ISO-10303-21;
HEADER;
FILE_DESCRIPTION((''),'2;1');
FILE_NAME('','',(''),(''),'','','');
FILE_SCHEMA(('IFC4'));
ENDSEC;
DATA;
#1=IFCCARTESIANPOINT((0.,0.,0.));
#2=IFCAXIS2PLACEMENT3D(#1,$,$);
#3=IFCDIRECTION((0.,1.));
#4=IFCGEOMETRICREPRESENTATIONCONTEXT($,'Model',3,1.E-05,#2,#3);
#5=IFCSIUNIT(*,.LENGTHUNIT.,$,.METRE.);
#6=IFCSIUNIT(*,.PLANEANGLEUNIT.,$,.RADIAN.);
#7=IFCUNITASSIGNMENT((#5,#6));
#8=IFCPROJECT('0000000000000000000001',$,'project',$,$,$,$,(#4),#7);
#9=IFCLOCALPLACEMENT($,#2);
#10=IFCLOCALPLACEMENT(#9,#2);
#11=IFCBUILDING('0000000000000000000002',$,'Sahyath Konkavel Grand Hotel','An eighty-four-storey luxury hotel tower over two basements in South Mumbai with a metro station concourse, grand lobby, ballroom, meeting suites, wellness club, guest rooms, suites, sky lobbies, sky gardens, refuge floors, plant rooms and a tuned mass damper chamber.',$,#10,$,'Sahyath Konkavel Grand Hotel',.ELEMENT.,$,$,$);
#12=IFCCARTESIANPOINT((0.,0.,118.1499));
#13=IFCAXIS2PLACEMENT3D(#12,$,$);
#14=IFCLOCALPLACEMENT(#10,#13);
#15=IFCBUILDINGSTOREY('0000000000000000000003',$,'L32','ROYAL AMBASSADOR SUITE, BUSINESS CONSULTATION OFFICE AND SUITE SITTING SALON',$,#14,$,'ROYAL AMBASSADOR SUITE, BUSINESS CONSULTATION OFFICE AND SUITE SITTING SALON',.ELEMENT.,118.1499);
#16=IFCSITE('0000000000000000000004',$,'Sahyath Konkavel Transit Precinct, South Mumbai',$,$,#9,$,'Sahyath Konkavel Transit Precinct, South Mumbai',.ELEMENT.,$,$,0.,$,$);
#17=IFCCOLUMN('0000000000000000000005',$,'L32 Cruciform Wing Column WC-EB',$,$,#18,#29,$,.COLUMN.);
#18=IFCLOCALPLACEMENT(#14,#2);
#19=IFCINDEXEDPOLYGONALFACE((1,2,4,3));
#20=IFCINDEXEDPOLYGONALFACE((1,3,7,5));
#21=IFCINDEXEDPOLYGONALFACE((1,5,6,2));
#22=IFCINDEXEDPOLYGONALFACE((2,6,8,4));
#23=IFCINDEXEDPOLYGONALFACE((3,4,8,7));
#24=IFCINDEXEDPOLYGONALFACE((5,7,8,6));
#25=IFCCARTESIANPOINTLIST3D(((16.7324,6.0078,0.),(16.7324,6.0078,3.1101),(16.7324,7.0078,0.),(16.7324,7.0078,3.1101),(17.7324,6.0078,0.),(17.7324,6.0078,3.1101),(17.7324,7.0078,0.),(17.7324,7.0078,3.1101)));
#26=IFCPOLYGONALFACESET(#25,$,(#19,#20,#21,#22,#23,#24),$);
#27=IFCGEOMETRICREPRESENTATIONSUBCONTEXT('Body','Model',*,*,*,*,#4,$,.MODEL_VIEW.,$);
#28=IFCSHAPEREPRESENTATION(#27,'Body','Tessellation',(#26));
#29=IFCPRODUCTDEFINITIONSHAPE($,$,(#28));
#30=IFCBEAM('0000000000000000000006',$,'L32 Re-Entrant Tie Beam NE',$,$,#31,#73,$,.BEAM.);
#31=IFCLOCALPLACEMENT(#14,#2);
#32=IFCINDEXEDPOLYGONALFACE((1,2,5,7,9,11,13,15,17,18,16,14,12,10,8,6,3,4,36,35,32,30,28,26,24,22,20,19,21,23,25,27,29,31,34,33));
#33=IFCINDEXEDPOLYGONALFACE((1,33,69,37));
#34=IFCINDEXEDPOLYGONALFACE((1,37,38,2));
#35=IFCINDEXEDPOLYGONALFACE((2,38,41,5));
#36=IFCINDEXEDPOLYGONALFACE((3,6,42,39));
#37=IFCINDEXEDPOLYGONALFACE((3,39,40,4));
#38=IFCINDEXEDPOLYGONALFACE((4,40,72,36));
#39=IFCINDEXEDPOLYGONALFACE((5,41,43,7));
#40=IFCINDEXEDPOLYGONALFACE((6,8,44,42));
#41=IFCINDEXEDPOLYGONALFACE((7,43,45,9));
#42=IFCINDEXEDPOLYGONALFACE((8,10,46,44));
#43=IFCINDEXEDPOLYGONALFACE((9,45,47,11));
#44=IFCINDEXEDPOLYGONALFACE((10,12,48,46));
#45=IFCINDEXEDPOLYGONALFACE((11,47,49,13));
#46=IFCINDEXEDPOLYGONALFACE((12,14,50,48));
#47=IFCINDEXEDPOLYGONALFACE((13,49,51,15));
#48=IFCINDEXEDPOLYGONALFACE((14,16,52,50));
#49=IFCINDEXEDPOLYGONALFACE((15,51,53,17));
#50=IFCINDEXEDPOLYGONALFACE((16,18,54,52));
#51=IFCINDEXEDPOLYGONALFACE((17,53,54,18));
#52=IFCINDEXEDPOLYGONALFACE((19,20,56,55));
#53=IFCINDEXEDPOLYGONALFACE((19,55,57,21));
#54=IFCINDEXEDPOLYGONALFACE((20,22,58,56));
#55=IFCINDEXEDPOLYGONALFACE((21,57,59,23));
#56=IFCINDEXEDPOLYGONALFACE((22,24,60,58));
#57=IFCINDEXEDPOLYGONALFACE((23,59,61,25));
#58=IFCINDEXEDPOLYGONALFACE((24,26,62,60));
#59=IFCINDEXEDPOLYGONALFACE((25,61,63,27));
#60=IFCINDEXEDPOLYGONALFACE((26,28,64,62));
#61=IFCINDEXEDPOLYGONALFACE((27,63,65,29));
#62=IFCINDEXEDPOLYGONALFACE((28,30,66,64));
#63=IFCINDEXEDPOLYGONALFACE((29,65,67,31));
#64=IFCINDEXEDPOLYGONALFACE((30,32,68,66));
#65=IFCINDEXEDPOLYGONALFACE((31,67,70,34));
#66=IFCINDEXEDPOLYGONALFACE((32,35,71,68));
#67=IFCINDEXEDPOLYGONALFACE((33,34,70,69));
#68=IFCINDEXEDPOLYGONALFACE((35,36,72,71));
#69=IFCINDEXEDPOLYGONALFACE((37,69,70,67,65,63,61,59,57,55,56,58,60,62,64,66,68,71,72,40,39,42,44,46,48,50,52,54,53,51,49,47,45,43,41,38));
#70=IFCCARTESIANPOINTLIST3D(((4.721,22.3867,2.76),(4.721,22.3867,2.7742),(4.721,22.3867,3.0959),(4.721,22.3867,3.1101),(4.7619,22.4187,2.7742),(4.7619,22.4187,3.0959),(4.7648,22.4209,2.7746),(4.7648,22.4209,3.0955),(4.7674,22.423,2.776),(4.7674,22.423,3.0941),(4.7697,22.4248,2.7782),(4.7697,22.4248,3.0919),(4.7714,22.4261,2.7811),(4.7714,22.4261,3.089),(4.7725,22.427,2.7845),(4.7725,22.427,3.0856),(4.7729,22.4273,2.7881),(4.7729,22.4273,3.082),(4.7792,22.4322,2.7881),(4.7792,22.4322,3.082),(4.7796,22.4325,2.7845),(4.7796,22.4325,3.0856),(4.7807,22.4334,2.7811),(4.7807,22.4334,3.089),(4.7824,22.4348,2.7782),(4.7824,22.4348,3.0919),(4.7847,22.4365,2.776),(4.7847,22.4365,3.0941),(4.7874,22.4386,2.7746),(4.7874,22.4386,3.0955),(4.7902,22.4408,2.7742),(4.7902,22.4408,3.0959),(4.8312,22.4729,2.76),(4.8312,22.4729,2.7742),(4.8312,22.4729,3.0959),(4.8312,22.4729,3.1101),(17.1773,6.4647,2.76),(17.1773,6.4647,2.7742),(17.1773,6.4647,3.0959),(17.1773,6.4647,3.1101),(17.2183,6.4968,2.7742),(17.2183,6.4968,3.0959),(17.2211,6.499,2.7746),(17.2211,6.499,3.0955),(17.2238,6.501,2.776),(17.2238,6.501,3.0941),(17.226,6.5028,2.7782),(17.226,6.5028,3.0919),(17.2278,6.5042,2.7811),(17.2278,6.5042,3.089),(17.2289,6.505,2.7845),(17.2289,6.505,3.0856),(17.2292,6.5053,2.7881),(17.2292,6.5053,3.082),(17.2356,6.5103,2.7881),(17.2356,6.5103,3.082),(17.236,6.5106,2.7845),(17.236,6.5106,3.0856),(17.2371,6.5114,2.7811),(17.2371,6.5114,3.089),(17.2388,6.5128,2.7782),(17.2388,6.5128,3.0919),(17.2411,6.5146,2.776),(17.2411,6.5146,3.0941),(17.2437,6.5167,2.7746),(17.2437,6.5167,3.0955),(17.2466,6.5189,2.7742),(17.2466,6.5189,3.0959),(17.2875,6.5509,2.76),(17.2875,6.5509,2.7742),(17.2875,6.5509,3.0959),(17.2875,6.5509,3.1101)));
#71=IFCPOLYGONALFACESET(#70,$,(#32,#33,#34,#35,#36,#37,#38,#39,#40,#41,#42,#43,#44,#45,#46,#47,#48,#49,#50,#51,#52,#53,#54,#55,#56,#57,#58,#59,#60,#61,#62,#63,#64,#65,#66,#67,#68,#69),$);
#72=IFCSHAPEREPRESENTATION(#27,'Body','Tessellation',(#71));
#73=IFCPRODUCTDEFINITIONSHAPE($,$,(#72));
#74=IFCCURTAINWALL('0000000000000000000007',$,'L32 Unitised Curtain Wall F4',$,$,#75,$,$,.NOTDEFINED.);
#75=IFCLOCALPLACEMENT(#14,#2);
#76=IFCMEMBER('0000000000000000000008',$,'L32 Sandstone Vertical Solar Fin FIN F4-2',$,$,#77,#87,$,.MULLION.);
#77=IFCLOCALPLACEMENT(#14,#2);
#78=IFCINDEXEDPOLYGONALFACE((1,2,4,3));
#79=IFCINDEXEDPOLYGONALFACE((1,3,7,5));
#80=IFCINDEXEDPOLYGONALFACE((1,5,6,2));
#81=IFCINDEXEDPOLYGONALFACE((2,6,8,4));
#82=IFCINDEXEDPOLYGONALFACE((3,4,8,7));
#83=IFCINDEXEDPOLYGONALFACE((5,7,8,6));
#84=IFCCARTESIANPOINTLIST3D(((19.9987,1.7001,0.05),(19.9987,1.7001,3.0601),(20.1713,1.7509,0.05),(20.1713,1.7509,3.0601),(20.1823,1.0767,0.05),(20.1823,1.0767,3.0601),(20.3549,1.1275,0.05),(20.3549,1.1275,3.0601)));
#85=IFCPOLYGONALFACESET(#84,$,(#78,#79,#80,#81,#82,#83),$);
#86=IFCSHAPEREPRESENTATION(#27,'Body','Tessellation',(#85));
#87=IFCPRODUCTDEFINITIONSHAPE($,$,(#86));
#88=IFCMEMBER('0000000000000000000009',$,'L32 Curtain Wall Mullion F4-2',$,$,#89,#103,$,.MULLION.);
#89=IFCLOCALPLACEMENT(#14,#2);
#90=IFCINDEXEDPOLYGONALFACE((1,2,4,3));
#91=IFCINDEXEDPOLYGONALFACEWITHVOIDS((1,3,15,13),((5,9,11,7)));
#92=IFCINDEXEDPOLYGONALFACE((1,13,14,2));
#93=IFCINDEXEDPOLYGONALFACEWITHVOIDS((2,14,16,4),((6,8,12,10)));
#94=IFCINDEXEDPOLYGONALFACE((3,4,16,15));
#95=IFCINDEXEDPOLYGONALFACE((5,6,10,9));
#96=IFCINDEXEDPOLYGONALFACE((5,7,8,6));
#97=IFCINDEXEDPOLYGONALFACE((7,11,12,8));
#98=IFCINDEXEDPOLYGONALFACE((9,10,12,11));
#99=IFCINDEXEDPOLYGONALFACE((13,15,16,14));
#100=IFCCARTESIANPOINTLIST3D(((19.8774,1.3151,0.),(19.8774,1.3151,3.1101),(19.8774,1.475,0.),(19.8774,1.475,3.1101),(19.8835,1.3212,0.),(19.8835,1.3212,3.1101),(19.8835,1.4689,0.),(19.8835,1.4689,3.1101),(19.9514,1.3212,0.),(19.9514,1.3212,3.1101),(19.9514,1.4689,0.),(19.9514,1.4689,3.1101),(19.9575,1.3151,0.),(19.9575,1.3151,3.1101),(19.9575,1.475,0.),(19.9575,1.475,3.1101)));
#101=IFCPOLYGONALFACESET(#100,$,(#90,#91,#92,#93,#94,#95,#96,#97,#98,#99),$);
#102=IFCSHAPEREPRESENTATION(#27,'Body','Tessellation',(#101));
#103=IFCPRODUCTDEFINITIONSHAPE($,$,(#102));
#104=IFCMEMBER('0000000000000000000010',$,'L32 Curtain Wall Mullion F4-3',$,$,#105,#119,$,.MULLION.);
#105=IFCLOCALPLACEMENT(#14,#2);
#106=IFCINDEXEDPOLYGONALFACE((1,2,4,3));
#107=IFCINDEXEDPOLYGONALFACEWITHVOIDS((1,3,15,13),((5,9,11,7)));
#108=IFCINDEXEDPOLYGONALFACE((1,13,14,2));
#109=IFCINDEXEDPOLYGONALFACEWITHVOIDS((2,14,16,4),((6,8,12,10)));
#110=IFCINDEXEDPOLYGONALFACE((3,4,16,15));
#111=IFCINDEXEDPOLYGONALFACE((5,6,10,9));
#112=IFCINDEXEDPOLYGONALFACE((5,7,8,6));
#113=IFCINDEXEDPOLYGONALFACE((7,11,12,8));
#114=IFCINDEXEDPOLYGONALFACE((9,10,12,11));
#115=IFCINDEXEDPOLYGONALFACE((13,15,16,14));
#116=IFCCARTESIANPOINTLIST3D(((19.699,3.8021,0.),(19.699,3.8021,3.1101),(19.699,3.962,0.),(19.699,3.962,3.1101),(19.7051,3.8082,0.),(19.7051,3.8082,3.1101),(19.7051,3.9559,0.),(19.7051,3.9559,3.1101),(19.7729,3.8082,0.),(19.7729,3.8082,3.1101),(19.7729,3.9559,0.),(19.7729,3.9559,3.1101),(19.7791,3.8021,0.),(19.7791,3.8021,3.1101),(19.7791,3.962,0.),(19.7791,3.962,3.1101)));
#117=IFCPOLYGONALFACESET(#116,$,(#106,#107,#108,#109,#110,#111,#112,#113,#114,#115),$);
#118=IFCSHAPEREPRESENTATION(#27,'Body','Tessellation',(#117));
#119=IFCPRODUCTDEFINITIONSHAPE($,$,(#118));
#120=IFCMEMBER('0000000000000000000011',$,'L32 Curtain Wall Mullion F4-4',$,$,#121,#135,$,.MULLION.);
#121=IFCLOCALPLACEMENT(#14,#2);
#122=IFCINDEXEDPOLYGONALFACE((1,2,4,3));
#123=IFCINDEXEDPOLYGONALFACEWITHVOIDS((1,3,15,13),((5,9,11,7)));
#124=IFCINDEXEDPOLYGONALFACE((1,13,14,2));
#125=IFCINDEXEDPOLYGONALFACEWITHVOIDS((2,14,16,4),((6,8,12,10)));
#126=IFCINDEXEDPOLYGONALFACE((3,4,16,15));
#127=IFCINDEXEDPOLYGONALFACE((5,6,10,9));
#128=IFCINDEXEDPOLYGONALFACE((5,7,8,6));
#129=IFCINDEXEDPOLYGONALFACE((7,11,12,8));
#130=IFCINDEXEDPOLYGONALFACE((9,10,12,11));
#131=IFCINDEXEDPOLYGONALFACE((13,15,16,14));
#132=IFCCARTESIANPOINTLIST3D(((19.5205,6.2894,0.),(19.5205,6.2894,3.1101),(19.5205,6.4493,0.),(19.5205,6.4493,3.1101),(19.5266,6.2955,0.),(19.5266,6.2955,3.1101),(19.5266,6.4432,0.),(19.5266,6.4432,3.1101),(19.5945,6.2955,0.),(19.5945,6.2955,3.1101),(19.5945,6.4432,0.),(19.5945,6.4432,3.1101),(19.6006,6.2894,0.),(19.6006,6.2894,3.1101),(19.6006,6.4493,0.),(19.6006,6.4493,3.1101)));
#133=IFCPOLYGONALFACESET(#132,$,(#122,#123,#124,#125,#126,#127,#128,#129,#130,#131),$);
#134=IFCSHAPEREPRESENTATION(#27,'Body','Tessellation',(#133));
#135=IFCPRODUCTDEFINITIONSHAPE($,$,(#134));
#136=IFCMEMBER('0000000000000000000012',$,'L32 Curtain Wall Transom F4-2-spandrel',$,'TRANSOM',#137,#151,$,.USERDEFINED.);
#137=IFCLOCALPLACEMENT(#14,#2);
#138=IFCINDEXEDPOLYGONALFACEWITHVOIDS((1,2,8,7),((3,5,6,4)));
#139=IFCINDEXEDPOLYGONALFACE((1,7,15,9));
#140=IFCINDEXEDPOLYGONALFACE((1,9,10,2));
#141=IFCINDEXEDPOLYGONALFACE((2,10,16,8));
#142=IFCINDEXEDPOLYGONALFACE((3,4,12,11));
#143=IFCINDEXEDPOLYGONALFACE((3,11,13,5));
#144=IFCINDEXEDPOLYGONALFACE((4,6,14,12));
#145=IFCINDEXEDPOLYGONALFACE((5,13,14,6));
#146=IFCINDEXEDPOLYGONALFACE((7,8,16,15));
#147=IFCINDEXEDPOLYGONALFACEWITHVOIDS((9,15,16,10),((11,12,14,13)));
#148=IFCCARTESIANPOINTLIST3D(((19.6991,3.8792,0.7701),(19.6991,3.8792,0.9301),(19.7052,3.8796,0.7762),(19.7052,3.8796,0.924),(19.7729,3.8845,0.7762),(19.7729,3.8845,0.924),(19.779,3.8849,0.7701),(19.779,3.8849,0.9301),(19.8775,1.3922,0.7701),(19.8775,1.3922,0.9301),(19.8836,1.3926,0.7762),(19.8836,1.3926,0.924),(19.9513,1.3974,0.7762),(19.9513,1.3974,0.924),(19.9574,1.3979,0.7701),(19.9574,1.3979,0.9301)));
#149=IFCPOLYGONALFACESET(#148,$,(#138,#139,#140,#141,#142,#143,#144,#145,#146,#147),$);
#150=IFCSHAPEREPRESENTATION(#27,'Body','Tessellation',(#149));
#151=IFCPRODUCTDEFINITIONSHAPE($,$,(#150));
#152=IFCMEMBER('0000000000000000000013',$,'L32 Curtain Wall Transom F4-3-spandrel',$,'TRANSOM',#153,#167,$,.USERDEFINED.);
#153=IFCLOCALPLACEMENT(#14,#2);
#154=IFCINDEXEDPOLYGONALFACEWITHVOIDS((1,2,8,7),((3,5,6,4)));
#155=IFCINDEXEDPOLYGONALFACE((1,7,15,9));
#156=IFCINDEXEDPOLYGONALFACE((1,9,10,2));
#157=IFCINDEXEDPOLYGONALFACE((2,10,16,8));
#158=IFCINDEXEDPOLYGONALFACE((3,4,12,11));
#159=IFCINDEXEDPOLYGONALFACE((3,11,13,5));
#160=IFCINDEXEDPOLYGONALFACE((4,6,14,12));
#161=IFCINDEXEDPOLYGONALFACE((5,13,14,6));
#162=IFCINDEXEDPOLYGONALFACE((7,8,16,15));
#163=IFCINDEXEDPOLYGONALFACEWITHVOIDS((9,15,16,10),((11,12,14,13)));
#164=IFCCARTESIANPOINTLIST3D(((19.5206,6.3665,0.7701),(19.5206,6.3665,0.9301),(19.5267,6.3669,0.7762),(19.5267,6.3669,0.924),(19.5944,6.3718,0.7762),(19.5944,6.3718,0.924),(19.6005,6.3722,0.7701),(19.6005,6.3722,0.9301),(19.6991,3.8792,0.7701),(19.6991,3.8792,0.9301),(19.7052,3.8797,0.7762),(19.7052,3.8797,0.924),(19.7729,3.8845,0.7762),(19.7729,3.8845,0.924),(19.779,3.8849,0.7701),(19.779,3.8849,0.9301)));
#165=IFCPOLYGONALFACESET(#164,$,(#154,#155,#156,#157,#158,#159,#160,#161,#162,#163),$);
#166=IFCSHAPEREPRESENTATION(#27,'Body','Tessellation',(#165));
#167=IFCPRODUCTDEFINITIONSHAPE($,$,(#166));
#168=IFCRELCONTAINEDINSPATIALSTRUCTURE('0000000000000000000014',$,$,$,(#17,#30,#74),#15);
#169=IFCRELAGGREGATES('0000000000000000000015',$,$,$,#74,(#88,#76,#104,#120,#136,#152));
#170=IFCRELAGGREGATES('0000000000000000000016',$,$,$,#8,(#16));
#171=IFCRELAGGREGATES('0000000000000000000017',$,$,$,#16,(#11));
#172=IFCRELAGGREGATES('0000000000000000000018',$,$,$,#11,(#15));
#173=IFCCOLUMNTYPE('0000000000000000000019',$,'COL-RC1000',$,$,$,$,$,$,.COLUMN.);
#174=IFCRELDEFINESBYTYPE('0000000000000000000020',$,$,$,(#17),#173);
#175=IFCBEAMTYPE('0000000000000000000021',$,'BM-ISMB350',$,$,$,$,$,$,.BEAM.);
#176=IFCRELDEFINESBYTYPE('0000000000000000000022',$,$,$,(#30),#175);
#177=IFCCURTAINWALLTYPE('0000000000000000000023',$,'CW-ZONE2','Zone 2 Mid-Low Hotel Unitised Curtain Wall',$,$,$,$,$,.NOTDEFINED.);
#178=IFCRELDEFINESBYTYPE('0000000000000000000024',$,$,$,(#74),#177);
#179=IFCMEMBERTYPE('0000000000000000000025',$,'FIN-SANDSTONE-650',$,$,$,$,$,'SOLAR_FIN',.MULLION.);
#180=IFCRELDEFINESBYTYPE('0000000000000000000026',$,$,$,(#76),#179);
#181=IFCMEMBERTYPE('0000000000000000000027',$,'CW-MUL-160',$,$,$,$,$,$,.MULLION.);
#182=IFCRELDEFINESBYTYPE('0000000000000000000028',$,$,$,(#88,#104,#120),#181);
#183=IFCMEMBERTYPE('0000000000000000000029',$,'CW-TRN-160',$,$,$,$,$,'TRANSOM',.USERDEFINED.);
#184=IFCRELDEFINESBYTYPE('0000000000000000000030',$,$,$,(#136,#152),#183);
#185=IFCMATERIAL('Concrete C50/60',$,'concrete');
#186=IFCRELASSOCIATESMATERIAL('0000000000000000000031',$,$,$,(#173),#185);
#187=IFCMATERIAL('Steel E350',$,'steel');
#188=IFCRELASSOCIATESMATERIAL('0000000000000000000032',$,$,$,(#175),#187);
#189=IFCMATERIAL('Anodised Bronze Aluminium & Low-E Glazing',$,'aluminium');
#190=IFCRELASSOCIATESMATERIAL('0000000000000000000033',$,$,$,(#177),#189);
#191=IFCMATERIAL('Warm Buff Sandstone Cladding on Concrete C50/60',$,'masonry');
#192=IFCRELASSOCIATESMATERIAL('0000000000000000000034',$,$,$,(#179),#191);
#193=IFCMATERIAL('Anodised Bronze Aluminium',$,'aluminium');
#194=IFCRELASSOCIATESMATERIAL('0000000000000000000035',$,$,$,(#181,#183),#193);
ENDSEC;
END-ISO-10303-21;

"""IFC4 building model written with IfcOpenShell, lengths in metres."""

from ifc_helpers import new_model, si_unit, direction, frame, origin, origin_2d, place, context, subcontext, project, spatial, rectangle, hollow_rectangle, i_section, extrude, source, transform, mapped, material, material_profile, profile_set, type_object, element, aggregate, save


model = new_model("IFC4")

# Units and contexts
model_context = context("Model", 3, precision=1e-05, world=origin(), true_north=direction((0.0, 1.0)))
body_context = subcontext(model_context, "Body", "Model", "MODEL_VIEW")
ifc_project = project(units=[si_unit("LENGTHUNIT", "METRE"), si_unit("PLANEANGLEUNIT", "RADIAN")], contexts=[model_context])

# Site, building, storey
site_placement = place(None, origin())
site = spatial("IfcSite", under=ifc_project, at=site_placement, Name="Sahyath Konkavel Transit Precinct, South Mumbai", LongName="Sahyath Konkavel Transit Precinct, South Mumbai", CompositionType="ELEMENT", RefElevation=0.0)
building_placement = place(site_placement, origin())
building = spatial("IfcBuilding", under=site, at=building_placement, Name="Sahyath Konkavel Grand Hotel", Description="An eighty-four-storey luxury hotel tower over two basements in South Mumbai with a metro station concourse, grand lobby, ballroom, meeting suites, wellness club, guest rooms, suites, sky lobbies, sky gardens, refuge floors, plant rooms and a tuned mass damper chamber.", LongName="Sahyath Konkavel Grand Hotel", CompositionType="ELEMENT")
storey_placement = place(building_placement, frame((0.0, 0.0, 118.1499)))
storey = spatial("IfcBuildingStorey", under=building, at=storey_placement, Name="L32", Description="ROYAL AMBASSADOR SUITE, BUSINESS CONSULTATION OFFICE AND SUITE SITTING SALON", LongName="ROYAL AMBASSADOR SUITE, BUSINESS CONSULTATION OFFICE AND SUITE SITTING SALON", CompositionType="ELEMENT", Elevation=118.1499)

# Column
ifc_material_1 = material(Name="Concrete C50/60", Category="concrete")
ifc_material_profile_1 = material_profile(ifc_material_1, rectangle(XDim=1.0, YDim=1.0, at=origin_2d()), Name="RC 1000x1000")
ifc_profile_set_1 = profile_set([ifc_material_profile_1], Name="Concrete C50/60")
column_type = type_object("IfcColumnType", Name="COL-RC1000", PredefinedType="COLUMN", material=ifc_profile_set_1)
shared_shape_1 = source(origin(), body_context, "Body", "SweptSolid", [
    extrude(rectangle(XDim=1.0, YDim=1.0, at=origin_2d()), origin(), (0.0, 0.0, 1.0), 3.1101),
])
column_placement = place(storey_placement, frame((17.2324, 6.5078, 0.0), z_axis=(0.0, 0.0, 1.0), x_axis=(1.0, 0.0, 0.0)))
element("IfcColumn", 1, at=column_placement, inside=storey, type_object=column_type, Name="L32 Cruciform Wing Column WC-EB", PredefinedType="COLUMN", context=body_context, shape_type="MappedRepresentation", body=[
    mapped(shared_shape_1, transform((0.0, 0.0, 0.0), scale=1.0)),
])

# Beam
ifc_material_2 = material(Name="Steel E350", Category="steel")
ifc_material_profile_2 = material_profile(ifc_material_2, i_section(OverallWidth=0.1399, OverallDepth=0.3501, WebThickness=0.0081, FlangeThickness=0.0142, FilletRadius=0.0139, at=origin_2d()), Name="ISMB 350")
ifc_profile_set_2 = profile_set([ifc_material_profile_2], Name="Steel E350")
beam_type_1 = type_object("IfcBeamType", Name="BM-ISMB350", PredefinedType="BEAM", material=ifc_profile_set_2)
shared_shape_2 = source(origin(), body_context, "Body", "SweptSolid", [
    extrude(i_section(OverallWidth=0.1399, OverallDepth=0.3501, WebThickness=0.0081, FlangeThickness=0.0142, FilletRadius=0.0139, at=origin_2d()), origin(), (0.0, 0.0, 1.0), 20.2156),
])
beam_1_placement = place(storey_placement, frame((17.2324, 6.5078, 2.9351), z_axis=(-0.616176, 0.787608, 0.0), x_axis=(-0.787608, -0.616176, 0.0)))
element("IfcBeam", 2, at=beam_1_placement, inside=storey, type_object=beam_type_1, Name="L32 Re-Entrant Tie Beam NE", PredefinedType="BEAM", context=body_context, shape_type="MappedRepresentation", body=[
    mapped(shared_shape_2, transform((0.0, 0.0, 0.0), scale=1.0)),
])

# Curtain wall, members
ifc_material_3 = material(Name="Anodised Bronze Aluminium & Low-E Glazing", Category="aluminium")
curtain_wall_type = type_object("IfcCurtainWallType", Name="CW-ZONE2", Description="Zone 2 Mid-Low Hotel Unitised Curtain Wall", PredefinedType="NOTDEFINED", material=ifc_material_3)
curtain_wall_placement = place(storey_placement, origin())
curtain_wall = element("IfcCurtainWall", 3, at=curtain_wall_placement, inside=storey, type_object=curtain_wall_type, Name="L32 Unitised Curtain Wall F4", PredefinedType="NOTDEFINED")
ifc_material_4 = material(Name="Warm Buff Sandstone Cladding on Concrete C50/60", Category="masonry")
ifc_material_profile_3 = material_profile(ifc_material_4, rectangle(XDim=0.1799, YDim=0.6499, at=origin_2d()), Name="FIN 180x650")
ifc_profile_set_3 = profile_set([ifc_material_profile_3], Name="Warm Buff Sandstone Cladding on Concrete C50/60")
member_type_1 = type_object("IfcMemberType", Name="FIN-SANDSTONE-650", ElementType="SOLAR_FIN", PredefinedType="MULLION", material=ifc_profile_set_3)
shared_shape_3 = source(origin(), body_context, "Body", "SweptSolid", [
    extrude(rectangle(XDim=0.1799, YDim=0.6499, at=origin_2d()), origin(), (0.0, 0.0, 1.0), 3.01),
])
member_1_placement = place(storey_placement, frame((20.1768, 1.4138, 0.05), z_axis=(0.0, 0.0, 1.0), x_axis=(0.959265, 0.282509, 0.0)))
member_1 = element("IfcMember", 4, at=member_1_placement, type_object=member_type_1, Name="L32 Sandstone Vertical Solar Fin FIN F4-2", PredefinedType="MULLION", context=body_context, shape_type="MappedRepresentation", body=[
    mapped(shared_shape_3, transform((0.0, 0.0, 0.0), scale=1.0)),
])
ifc_material_5 = material(Name="Anodised Bronze Aluminium", Category="aluminium")
ifc_material_profile_4 = material_profile(ifc_material_5, hollow_rectangle(XDim=0.0801, YDim=0.1599, WallThickness=0.0061, at=origin_2d()), Name="RHS 160x80x6")
ifc_profile_set_4 = profile_set([ifc_material_profile_4], Name="Anodised Bronze Aluminium")
member_type_2 = type_object("IfcMemberType", Name="CW-MUL-160", PredefinedType="MULLION", material=ifc_profile_set_4)
shared_shape_4 = source(origin(), body_context, "Body", "SweptSolid", [
    extrude(hollow_rectangle(XDim=0.0801, YDim=0.1599, WallThickness=0.0061, at=origin_2d()), origin(), (0.0, 0.0, 1.0), 3.1101),
])
member_2_placement = place(storey_placement, frame((19.9175, 1.395, 0.0), z_axis=(0.0, 0.0, 1.0), x_axis=(1.0, 0.0, 0.0)))
member_2 = element("IfcMember", 5, at=member_2_placement, type_object=member_type_2, Name="L32 Curtain Wall Mullion F4-2", PredefinedType="MULLION", context=body_context, shape_type="MappedRepresentation", body=[
    mapped(shared_shape_4, transform((0.0, 0.0, 0.0), scale=1.0)),
])
member_3_placement = place(storey_placement, frame((19.739, 3.8821, 0.0), z_axis=(0.0, 0.0, 1.0), x_axis=(1.0, 0.0, 0.0)))
member_3 = element("IfcMember", 6, at=member_3_placement, type_object=member_type_2, Name="L32 Curtain Wall Mullion F4-3", PredefinedType="MULLION", context=body_context, shape_type="MappedRepresentation", body=[
    mapped(shared_shape_4, transform((0.0, 0.0, 0.0), scale=1.0)),
])
member_4_placement = place(storey_placement, frame((19.5605, 6.3694, 0.0), z_axis=(0.0, 0.0, 1.0), x_axis=(1.0, 0.0, 0.0)))
member_4 = element("IfcMember", 7, at=member_4_placement, type_object=member_type_2, Name="L32 Curtain Wall Mullion F4-4", PredefinedType="MULLION", context=body_context, shape_type="MappedRepresentation", body=[
    mapped(shared_shape_4, transform((0.0, 0.0, 0.0), scale=1.0)),
])
ifc_material_profile_5 = material_profile(ifc_material_5, hollow_rectangle(XDim=0.0801, YDim=0.1599, WallThickness=0.0061, at=origin_2d()), Name="RHS 160x80x6")
ifc_profile_set_5 = profile_set([ifc_material_profile_5], Name="Anodised Bronze Aluminium")
member_type_3 = type_object("IfcMemberType", Name="CW-TRN-160", ElementType="TRANSOM", PredefinedType="USERDEFINED", material=ifc_profile_set_5)
shared_shape_5 = source(origin(), body_context, "Body", "SweptSolid", [
    extrude(hollow_rectangle(XDim=0.0801, YDim=0.1599, WallThickness=0.0061, at=origin_2d()), origin(), (0.0, 0.0, 1.0), 2.4934),
])
member_5_placement = place(storey_placement, frame((19.9175, 1.395, 0.8501), z_axis=(-0.071574, 0.997435, 0.0), x_axis=(-0.997435, -0.071574, 0.0)))
member_5 = element("IfcMember", 8, at=member_5_placement, type_object=member_type_3, Name="L32 Curtain Wall Transom F4-2-spandrel", ObjectType="TRANSOM", PredefinedType="USERDEFINED", context=body_context, shape_type="MappedRepresentation", body=[
    mapped(shared_shape_5, transform((0.0, 0.0, 0.0), scale=1.0)),
])
shared_shape_6 = source(origin(), body_context, "Body", "SweptSolid", [
    extrude(hollow_rectangle(XDim=0.0801, YDim=0.1599, WallThickness=0.0061, at=origin_2d()), origin(), (0.0, 0.0, 1.0), 2.4937),
])
member_6_placement = place(storey_placement, frame((19.739, 3.8821, 0.8501), z_axis=(-0.071567, 0.997436, 0.0), x_axis=(-0.997436, -0.071567, 0.0)))
member_6 = element("IfcMember", 9, at=member_6_placement, type_object=member_type_3, Name="L32 Curtain Wall Transom F4-3-spandrel", ObjectType="TRANSOM", PredefinedType="USERDEFINED", context=body_context, shape_type="MappedRepresentation", body=[
    mapped(shared_shape_6, transform((0.0, 0.0, 0.0), scale=1.0)),
])

aggregate(curtain_wall, [member_2, member_1, member_3, member_4, member_5, member_6])

save(model, "model.ifc")
